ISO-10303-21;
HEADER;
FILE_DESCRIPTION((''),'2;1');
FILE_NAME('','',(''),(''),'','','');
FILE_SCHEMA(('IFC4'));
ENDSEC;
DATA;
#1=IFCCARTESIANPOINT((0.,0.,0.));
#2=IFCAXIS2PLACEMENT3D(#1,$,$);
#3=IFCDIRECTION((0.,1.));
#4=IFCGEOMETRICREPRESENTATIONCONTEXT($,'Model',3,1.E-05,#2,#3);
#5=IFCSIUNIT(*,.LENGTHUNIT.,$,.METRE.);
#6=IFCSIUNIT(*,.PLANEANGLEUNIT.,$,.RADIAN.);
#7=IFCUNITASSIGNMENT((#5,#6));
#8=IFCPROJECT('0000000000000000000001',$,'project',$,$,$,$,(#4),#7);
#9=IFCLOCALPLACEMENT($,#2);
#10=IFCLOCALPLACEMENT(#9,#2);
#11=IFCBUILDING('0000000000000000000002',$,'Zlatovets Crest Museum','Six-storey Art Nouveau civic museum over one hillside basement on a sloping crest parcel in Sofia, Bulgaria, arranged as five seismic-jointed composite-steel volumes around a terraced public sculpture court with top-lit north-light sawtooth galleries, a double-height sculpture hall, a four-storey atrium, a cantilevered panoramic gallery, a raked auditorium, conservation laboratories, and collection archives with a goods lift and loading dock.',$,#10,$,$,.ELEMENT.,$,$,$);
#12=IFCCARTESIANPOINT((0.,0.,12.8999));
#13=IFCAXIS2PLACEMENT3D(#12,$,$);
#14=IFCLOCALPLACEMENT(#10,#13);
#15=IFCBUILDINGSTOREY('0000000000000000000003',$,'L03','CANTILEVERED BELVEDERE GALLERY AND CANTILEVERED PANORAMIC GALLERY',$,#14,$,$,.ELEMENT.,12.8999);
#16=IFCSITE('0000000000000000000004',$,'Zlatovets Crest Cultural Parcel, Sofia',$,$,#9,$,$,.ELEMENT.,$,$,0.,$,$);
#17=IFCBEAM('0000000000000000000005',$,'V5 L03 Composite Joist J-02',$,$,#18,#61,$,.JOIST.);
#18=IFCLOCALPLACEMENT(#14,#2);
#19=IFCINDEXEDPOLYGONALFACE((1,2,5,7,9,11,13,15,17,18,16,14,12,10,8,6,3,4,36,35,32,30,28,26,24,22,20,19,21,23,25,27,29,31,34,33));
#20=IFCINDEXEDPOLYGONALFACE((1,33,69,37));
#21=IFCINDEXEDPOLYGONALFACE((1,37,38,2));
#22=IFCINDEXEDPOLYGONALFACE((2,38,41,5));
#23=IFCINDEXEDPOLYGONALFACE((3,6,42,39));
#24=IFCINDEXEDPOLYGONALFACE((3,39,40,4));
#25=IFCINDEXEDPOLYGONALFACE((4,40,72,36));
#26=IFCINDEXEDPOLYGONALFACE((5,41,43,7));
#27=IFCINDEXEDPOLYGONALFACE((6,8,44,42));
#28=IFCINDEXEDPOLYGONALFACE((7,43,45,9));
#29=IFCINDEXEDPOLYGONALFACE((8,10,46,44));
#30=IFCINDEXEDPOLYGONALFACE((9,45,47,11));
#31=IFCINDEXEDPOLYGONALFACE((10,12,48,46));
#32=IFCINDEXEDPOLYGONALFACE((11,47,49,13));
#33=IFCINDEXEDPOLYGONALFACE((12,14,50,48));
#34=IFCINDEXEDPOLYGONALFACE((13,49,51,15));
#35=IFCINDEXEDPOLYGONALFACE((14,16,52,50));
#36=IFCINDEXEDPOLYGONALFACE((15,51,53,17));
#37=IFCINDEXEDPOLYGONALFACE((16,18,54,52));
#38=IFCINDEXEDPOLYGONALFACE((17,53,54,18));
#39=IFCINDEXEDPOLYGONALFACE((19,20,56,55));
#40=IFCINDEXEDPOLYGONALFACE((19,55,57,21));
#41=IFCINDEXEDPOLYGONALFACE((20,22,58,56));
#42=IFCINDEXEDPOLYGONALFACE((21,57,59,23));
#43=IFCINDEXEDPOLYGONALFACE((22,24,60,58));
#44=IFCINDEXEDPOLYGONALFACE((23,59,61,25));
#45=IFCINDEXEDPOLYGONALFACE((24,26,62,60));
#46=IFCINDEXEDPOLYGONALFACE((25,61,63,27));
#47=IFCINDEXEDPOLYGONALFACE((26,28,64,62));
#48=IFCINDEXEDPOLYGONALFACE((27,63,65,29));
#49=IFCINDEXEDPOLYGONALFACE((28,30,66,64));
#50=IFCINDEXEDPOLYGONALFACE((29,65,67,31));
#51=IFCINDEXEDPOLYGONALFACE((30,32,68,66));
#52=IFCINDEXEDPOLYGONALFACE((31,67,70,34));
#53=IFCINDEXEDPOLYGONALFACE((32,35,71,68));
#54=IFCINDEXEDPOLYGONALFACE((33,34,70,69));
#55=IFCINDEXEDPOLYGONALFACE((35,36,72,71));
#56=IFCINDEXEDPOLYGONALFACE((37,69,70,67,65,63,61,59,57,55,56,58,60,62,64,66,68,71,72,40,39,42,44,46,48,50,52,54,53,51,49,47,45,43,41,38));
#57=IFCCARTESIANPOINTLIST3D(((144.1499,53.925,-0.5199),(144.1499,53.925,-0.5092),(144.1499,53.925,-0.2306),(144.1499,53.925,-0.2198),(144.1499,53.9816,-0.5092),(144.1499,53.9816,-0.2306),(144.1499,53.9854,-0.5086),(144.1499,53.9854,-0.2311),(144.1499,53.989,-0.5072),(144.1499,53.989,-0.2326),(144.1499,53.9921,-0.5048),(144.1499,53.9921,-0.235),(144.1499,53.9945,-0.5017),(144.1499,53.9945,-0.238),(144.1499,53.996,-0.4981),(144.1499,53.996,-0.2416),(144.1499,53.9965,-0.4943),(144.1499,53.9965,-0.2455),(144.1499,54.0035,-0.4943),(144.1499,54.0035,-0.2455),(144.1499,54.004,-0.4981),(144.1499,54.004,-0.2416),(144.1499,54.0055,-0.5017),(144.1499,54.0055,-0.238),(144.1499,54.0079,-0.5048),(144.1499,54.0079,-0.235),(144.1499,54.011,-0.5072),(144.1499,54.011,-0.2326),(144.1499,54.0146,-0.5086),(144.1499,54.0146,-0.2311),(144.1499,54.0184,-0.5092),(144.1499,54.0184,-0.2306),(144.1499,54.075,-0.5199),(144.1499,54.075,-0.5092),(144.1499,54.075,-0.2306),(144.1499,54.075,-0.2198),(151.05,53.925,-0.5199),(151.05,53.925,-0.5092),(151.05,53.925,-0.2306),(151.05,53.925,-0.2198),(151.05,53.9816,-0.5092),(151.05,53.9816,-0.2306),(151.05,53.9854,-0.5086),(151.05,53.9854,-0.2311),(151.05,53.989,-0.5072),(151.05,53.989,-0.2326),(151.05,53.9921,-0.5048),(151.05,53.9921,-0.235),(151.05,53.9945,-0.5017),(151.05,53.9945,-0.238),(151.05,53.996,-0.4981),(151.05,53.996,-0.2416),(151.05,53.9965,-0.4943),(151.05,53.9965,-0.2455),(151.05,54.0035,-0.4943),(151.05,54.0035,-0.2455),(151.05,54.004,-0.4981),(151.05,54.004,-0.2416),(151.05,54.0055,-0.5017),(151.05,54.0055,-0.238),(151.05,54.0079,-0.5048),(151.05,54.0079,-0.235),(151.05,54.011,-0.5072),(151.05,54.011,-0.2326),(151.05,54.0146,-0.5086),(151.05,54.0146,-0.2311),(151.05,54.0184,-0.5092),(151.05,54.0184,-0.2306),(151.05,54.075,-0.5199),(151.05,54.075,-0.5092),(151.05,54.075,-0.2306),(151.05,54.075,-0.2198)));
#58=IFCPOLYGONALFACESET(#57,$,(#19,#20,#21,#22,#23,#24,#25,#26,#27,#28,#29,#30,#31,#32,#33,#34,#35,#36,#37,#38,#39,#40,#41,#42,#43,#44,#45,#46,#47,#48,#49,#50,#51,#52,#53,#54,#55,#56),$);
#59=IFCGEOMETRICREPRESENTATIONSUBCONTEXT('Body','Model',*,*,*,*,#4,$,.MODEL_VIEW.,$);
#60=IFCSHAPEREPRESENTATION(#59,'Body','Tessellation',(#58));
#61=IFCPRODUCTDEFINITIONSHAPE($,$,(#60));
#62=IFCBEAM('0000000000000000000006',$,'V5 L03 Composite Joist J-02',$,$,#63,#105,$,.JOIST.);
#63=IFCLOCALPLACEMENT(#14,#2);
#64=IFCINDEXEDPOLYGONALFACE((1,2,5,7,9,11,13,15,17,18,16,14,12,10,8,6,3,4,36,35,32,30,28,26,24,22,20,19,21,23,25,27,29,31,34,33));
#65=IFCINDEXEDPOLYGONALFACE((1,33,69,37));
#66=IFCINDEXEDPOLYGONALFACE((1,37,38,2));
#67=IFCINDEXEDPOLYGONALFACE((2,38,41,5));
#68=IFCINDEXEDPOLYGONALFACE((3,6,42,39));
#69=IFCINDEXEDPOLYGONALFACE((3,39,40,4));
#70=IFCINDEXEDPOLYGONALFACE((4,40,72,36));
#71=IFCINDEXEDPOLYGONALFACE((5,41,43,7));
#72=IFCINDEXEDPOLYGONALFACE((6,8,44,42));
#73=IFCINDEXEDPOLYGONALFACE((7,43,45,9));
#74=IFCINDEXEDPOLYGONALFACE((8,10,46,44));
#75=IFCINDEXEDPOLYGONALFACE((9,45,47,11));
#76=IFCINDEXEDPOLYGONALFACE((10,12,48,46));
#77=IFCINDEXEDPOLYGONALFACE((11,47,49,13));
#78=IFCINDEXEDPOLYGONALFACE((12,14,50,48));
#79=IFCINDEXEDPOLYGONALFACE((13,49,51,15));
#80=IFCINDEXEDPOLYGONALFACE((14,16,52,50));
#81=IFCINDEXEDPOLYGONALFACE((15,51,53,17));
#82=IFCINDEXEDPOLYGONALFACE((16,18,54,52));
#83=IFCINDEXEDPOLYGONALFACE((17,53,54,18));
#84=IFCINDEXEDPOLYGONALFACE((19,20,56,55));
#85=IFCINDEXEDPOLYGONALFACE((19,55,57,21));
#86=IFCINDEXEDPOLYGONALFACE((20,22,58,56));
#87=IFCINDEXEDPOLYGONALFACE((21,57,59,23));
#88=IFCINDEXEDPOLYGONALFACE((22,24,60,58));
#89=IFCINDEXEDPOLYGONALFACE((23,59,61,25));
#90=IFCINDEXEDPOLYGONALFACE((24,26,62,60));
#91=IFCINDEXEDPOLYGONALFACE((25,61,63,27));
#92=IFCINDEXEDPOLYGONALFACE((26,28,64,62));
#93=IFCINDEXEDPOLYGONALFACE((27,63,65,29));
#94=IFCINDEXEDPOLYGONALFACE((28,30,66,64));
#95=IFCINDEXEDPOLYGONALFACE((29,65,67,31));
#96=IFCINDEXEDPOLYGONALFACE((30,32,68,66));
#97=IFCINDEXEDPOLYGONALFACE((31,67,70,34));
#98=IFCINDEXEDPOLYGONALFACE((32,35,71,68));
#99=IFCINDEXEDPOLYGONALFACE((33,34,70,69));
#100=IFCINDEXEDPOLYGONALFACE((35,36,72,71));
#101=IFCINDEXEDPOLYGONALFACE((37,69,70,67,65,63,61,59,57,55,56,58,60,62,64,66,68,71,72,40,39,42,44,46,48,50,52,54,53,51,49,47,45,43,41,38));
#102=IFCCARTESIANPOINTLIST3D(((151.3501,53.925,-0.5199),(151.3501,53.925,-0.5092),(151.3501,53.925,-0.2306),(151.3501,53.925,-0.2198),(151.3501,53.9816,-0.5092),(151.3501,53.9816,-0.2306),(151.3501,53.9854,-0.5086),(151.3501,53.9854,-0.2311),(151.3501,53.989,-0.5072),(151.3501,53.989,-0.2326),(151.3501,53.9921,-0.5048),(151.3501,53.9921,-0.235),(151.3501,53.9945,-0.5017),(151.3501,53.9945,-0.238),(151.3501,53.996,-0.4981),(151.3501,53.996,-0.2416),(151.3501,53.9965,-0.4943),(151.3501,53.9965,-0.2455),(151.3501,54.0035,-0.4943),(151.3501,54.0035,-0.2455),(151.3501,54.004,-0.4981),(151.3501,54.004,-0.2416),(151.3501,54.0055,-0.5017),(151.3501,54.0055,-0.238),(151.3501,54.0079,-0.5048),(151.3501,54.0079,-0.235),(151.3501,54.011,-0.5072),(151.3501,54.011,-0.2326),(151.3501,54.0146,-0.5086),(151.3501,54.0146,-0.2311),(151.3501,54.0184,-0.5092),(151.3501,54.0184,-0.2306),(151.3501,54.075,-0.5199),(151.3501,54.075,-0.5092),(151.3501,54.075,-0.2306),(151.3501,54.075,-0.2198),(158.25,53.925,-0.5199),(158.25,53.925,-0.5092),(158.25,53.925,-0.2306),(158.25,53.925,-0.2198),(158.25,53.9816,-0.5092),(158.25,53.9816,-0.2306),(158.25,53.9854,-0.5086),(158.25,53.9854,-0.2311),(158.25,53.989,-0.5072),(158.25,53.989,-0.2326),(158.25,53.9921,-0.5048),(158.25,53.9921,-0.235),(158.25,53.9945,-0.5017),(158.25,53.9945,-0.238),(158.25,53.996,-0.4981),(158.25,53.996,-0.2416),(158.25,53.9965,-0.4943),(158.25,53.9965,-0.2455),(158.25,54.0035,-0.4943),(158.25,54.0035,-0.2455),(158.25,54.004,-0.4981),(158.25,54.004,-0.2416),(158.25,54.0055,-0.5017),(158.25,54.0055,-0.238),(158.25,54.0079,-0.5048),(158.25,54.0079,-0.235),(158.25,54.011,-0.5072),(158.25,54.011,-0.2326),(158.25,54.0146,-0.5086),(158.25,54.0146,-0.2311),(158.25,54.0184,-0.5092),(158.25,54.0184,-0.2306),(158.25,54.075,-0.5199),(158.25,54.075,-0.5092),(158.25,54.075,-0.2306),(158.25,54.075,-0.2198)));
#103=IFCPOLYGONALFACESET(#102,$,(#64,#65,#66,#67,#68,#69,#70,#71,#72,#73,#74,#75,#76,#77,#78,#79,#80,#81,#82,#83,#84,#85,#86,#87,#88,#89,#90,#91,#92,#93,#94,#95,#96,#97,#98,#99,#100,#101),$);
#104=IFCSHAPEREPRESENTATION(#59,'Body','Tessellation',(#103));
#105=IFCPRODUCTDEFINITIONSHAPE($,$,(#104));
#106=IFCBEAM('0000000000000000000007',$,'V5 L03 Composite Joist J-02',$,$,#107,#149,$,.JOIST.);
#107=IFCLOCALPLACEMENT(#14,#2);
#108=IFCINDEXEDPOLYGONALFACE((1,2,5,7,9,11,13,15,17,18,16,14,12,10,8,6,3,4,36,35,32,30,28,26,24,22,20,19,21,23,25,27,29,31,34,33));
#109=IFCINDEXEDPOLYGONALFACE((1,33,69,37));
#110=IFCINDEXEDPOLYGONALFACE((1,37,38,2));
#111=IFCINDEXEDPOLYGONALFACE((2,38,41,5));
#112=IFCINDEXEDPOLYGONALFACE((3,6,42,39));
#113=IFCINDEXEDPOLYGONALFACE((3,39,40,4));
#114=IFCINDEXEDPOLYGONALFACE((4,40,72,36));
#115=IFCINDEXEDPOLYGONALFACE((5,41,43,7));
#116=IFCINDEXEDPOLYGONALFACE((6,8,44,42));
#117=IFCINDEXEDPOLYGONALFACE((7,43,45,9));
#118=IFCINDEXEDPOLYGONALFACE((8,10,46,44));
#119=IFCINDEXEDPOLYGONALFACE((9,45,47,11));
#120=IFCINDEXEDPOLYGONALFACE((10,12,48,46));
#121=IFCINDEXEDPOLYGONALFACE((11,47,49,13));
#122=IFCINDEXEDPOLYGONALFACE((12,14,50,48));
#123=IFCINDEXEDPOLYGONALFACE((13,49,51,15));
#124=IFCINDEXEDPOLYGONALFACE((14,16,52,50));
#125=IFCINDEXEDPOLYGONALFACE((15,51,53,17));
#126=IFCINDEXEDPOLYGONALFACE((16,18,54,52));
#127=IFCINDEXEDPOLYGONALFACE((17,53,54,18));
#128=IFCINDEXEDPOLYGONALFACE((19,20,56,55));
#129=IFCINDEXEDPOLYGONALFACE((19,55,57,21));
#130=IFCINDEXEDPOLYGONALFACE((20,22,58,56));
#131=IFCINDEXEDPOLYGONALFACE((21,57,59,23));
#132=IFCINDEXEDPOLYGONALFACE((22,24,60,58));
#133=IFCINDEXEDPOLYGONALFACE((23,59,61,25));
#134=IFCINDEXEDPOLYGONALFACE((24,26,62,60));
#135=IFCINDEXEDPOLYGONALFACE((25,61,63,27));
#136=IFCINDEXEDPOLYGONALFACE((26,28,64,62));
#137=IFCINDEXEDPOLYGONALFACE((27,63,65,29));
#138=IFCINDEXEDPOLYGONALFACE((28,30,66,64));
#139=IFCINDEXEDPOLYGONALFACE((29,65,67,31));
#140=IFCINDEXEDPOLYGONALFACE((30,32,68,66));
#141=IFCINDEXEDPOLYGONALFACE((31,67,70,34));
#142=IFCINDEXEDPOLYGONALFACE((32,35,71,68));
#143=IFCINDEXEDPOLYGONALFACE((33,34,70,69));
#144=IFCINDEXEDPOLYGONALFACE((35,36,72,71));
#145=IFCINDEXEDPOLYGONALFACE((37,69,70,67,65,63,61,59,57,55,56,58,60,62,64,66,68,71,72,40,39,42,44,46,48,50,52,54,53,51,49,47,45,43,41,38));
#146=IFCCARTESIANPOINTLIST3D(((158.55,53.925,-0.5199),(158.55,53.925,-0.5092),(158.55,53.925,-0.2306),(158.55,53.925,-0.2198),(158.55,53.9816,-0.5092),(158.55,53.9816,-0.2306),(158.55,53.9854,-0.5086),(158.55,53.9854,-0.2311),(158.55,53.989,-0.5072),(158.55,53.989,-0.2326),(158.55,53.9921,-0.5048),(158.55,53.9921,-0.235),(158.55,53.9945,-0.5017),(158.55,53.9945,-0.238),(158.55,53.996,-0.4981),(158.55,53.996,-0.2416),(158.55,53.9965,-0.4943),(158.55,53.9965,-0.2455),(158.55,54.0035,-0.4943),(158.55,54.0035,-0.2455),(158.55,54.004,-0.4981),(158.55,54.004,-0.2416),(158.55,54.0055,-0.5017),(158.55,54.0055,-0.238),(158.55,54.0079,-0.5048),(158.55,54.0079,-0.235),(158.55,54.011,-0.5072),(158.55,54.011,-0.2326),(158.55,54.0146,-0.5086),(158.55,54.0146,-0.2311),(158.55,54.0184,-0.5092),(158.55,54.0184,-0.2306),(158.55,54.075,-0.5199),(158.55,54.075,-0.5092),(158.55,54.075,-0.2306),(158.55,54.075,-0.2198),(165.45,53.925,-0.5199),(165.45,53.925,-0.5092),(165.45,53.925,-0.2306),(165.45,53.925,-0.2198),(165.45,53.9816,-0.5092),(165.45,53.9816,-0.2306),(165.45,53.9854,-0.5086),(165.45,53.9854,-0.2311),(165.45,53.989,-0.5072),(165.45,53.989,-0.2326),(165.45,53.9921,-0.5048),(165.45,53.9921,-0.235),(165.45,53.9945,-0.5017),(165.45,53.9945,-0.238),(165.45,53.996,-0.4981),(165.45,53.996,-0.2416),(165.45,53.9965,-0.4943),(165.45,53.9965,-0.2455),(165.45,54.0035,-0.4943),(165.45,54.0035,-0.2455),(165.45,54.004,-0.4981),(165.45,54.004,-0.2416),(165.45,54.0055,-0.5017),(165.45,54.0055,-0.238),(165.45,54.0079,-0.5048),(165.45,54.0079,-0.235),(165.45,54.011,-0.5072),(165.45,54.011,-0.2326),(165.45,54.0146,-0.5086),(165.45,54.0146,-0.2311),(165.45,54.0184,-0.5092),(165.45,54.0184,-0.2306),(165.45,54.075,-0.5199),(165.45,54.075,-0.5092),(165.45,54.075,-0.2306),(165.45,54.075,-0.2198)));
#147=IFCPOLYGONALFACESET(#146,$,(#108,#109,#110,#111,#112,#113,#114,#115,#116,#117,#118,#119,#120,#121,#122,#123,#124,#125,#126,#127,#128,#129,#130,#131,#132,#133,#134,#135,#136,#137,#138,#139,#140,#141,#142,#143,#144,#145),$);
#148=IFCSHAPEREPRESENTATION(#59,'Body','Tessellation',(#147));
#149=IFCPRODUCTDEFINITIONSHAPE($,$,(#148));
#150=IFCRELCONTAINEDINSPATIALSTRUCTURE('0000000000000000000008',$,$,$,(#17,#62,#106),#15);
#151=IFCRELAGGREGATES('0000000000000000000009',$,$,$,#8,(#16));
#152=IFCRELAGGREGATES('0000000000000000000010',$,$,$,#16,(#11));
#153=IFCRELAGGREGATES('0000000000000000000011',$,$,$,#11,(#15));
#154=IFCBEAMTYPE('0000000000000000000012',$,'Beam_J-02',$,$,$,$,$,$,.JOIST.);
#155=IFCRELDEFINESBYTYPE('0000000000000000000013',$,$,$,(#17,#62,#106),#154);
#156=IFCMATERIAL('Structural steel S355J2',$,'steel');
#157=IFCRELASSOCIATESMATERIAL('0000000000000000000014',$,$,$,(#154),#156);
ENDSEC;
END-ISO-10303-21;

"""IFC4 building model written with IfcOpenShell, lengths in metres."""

from ifc_helpers import new_model, si_unit, direction, frame, origin, origin_2d, place, context, subcontext, project, spatial, i_section, extrude, material, material_profile, profile_set, type_object, element, save


model = new_model("IFC4")

# Units and contexts
model_context = context("Model", 3, precision=1e-05, world=origin(), true_north=direction((0.0, 1.0)))
body_context = subcontext(model_context, "Body", "Model", "MODEL_VIEW")
ifc_project = project(units=[si_unit("LENGTHUNIT", "METRE"), si_unit("PLANEANGLEUNIT", "RADIAN")], contexts=[model_context])

# Site, building, storey
site_placement = place(None, origin())
site = spatial("IfcSite", under=ifc_project, at=site_placement, Name="Zlatovets Crest Cultural Parcel, Sofia", CompositionType="ELEMENT", RefElevation=0.0)
building_placement = place(site_placement, origin())
building = spatial("IfcBuilding", under=site, at=building_placement, Name="Zlatovets Crest Museum", Description="Six-storey Art Nouveau civic museum over one hillside basement on a sloping crest parcel in Sofia, Bulgaria, arranged as five seismic-jointed composite-steel volumes around a terraced public sculpture court with top-lit north-light sawtooth galleries, a double-height sculpture hall, a four-storey atrium, a cantilevered panoramic gallery, a raked auditorium, conservation laboratories, and collection archives with a goods lift and loading dock.", CompositionType="ELEMENT")
storey_placement = place(building_placement, frame((0.0, 0.0, 12.8999)))
storey = spatial("IfcBuildingStorey", under=building, at=storey_placement, Name="L03", Description="CANTILEVERED BELVEDERE GALLERY AND CANTILEVERED PANORAMIC GALLERY", CompositionType="ELEMENT", Elevation=12.8999)

# Beams
ifc_material_1 = material(Name="Structural steel S355J2", Category="steel")
ifc_material_profile_1 = material_profile(ifc_material_1, i_section(OverallWidth=0.1499, OverallDepth=0.3, WebThickness=0.0071, FlangeThickness=0.0107, FilletRadius=0.0149, at=origin_2d()), Name="IPE 300")
ifc_profile_set_1 = profile_set([ifc_material_profile_1], Name="Structural steel S355J2")
beam_type_1 = type_object("IfcBeamType", Name="Beam_J-02", PredefinedType="JOIST", material=ifc_profile_set_1)
for number, where, z_axis, x_axis, name in (
    (1, (144.1499, 54.0, -0.3699), (1.0, 0.0, 0.0), (0.0, 1.0, 0.0), "V5 L03 Composite Joist J-02"),
):
    element("IfcBeam", number, at=place(storey_placement, frame(where, z_axis=z_axis, x_axis=x_axis)), inside=storey, type_object=beam_type_1, Name=name, PredefinedType="JOIST", context=body_context, shape_type="SweptSolid", body=[
        extrude(i_section(OverallWidth=0.1499, OverallDepth=0.3, WebThickness=0.0071, FlangeThickness=0.0107, FilletRadius=0.0149, at=origin_2d()), origin(), (0.0, 0.0, 1.0), 6.9001),
    ])
for number, where, z_axis, x_axis, name in (
    (2, (151.3501, 54.0, -0.3699), (1.0, 0.0, 0.0), (0.0, 1.0, 0.0), "V5 L03 Composite Joist J-02"),
    (3, (158.55, 54.0, -0.3699), (1.0, 0.0, 0.0), (0.0, 1.0, 0.0), "V5 L03 Composite Joist J-02"),
):
    element("IfcBeam", number, at=place(storey_placement, frame(where, z_axis=z_axis, x_axis=x_axis)), inside=storey, type_object=beam_type_1, Name=name, PredefinedType="JOIST", context=body_context, shape_type="SweptSolid", body=[
        extrude(i_section(OverallWidth=0.1499, OverallDepth=0.3, WebThickness=0.0071, FlangeThickness=0.0107, FilletRadius=0.0149, at=origin_2d()), origin(), (0.0, 0.0, 1.0), 6.8999),
    ])

save(model, "model.ifc")
